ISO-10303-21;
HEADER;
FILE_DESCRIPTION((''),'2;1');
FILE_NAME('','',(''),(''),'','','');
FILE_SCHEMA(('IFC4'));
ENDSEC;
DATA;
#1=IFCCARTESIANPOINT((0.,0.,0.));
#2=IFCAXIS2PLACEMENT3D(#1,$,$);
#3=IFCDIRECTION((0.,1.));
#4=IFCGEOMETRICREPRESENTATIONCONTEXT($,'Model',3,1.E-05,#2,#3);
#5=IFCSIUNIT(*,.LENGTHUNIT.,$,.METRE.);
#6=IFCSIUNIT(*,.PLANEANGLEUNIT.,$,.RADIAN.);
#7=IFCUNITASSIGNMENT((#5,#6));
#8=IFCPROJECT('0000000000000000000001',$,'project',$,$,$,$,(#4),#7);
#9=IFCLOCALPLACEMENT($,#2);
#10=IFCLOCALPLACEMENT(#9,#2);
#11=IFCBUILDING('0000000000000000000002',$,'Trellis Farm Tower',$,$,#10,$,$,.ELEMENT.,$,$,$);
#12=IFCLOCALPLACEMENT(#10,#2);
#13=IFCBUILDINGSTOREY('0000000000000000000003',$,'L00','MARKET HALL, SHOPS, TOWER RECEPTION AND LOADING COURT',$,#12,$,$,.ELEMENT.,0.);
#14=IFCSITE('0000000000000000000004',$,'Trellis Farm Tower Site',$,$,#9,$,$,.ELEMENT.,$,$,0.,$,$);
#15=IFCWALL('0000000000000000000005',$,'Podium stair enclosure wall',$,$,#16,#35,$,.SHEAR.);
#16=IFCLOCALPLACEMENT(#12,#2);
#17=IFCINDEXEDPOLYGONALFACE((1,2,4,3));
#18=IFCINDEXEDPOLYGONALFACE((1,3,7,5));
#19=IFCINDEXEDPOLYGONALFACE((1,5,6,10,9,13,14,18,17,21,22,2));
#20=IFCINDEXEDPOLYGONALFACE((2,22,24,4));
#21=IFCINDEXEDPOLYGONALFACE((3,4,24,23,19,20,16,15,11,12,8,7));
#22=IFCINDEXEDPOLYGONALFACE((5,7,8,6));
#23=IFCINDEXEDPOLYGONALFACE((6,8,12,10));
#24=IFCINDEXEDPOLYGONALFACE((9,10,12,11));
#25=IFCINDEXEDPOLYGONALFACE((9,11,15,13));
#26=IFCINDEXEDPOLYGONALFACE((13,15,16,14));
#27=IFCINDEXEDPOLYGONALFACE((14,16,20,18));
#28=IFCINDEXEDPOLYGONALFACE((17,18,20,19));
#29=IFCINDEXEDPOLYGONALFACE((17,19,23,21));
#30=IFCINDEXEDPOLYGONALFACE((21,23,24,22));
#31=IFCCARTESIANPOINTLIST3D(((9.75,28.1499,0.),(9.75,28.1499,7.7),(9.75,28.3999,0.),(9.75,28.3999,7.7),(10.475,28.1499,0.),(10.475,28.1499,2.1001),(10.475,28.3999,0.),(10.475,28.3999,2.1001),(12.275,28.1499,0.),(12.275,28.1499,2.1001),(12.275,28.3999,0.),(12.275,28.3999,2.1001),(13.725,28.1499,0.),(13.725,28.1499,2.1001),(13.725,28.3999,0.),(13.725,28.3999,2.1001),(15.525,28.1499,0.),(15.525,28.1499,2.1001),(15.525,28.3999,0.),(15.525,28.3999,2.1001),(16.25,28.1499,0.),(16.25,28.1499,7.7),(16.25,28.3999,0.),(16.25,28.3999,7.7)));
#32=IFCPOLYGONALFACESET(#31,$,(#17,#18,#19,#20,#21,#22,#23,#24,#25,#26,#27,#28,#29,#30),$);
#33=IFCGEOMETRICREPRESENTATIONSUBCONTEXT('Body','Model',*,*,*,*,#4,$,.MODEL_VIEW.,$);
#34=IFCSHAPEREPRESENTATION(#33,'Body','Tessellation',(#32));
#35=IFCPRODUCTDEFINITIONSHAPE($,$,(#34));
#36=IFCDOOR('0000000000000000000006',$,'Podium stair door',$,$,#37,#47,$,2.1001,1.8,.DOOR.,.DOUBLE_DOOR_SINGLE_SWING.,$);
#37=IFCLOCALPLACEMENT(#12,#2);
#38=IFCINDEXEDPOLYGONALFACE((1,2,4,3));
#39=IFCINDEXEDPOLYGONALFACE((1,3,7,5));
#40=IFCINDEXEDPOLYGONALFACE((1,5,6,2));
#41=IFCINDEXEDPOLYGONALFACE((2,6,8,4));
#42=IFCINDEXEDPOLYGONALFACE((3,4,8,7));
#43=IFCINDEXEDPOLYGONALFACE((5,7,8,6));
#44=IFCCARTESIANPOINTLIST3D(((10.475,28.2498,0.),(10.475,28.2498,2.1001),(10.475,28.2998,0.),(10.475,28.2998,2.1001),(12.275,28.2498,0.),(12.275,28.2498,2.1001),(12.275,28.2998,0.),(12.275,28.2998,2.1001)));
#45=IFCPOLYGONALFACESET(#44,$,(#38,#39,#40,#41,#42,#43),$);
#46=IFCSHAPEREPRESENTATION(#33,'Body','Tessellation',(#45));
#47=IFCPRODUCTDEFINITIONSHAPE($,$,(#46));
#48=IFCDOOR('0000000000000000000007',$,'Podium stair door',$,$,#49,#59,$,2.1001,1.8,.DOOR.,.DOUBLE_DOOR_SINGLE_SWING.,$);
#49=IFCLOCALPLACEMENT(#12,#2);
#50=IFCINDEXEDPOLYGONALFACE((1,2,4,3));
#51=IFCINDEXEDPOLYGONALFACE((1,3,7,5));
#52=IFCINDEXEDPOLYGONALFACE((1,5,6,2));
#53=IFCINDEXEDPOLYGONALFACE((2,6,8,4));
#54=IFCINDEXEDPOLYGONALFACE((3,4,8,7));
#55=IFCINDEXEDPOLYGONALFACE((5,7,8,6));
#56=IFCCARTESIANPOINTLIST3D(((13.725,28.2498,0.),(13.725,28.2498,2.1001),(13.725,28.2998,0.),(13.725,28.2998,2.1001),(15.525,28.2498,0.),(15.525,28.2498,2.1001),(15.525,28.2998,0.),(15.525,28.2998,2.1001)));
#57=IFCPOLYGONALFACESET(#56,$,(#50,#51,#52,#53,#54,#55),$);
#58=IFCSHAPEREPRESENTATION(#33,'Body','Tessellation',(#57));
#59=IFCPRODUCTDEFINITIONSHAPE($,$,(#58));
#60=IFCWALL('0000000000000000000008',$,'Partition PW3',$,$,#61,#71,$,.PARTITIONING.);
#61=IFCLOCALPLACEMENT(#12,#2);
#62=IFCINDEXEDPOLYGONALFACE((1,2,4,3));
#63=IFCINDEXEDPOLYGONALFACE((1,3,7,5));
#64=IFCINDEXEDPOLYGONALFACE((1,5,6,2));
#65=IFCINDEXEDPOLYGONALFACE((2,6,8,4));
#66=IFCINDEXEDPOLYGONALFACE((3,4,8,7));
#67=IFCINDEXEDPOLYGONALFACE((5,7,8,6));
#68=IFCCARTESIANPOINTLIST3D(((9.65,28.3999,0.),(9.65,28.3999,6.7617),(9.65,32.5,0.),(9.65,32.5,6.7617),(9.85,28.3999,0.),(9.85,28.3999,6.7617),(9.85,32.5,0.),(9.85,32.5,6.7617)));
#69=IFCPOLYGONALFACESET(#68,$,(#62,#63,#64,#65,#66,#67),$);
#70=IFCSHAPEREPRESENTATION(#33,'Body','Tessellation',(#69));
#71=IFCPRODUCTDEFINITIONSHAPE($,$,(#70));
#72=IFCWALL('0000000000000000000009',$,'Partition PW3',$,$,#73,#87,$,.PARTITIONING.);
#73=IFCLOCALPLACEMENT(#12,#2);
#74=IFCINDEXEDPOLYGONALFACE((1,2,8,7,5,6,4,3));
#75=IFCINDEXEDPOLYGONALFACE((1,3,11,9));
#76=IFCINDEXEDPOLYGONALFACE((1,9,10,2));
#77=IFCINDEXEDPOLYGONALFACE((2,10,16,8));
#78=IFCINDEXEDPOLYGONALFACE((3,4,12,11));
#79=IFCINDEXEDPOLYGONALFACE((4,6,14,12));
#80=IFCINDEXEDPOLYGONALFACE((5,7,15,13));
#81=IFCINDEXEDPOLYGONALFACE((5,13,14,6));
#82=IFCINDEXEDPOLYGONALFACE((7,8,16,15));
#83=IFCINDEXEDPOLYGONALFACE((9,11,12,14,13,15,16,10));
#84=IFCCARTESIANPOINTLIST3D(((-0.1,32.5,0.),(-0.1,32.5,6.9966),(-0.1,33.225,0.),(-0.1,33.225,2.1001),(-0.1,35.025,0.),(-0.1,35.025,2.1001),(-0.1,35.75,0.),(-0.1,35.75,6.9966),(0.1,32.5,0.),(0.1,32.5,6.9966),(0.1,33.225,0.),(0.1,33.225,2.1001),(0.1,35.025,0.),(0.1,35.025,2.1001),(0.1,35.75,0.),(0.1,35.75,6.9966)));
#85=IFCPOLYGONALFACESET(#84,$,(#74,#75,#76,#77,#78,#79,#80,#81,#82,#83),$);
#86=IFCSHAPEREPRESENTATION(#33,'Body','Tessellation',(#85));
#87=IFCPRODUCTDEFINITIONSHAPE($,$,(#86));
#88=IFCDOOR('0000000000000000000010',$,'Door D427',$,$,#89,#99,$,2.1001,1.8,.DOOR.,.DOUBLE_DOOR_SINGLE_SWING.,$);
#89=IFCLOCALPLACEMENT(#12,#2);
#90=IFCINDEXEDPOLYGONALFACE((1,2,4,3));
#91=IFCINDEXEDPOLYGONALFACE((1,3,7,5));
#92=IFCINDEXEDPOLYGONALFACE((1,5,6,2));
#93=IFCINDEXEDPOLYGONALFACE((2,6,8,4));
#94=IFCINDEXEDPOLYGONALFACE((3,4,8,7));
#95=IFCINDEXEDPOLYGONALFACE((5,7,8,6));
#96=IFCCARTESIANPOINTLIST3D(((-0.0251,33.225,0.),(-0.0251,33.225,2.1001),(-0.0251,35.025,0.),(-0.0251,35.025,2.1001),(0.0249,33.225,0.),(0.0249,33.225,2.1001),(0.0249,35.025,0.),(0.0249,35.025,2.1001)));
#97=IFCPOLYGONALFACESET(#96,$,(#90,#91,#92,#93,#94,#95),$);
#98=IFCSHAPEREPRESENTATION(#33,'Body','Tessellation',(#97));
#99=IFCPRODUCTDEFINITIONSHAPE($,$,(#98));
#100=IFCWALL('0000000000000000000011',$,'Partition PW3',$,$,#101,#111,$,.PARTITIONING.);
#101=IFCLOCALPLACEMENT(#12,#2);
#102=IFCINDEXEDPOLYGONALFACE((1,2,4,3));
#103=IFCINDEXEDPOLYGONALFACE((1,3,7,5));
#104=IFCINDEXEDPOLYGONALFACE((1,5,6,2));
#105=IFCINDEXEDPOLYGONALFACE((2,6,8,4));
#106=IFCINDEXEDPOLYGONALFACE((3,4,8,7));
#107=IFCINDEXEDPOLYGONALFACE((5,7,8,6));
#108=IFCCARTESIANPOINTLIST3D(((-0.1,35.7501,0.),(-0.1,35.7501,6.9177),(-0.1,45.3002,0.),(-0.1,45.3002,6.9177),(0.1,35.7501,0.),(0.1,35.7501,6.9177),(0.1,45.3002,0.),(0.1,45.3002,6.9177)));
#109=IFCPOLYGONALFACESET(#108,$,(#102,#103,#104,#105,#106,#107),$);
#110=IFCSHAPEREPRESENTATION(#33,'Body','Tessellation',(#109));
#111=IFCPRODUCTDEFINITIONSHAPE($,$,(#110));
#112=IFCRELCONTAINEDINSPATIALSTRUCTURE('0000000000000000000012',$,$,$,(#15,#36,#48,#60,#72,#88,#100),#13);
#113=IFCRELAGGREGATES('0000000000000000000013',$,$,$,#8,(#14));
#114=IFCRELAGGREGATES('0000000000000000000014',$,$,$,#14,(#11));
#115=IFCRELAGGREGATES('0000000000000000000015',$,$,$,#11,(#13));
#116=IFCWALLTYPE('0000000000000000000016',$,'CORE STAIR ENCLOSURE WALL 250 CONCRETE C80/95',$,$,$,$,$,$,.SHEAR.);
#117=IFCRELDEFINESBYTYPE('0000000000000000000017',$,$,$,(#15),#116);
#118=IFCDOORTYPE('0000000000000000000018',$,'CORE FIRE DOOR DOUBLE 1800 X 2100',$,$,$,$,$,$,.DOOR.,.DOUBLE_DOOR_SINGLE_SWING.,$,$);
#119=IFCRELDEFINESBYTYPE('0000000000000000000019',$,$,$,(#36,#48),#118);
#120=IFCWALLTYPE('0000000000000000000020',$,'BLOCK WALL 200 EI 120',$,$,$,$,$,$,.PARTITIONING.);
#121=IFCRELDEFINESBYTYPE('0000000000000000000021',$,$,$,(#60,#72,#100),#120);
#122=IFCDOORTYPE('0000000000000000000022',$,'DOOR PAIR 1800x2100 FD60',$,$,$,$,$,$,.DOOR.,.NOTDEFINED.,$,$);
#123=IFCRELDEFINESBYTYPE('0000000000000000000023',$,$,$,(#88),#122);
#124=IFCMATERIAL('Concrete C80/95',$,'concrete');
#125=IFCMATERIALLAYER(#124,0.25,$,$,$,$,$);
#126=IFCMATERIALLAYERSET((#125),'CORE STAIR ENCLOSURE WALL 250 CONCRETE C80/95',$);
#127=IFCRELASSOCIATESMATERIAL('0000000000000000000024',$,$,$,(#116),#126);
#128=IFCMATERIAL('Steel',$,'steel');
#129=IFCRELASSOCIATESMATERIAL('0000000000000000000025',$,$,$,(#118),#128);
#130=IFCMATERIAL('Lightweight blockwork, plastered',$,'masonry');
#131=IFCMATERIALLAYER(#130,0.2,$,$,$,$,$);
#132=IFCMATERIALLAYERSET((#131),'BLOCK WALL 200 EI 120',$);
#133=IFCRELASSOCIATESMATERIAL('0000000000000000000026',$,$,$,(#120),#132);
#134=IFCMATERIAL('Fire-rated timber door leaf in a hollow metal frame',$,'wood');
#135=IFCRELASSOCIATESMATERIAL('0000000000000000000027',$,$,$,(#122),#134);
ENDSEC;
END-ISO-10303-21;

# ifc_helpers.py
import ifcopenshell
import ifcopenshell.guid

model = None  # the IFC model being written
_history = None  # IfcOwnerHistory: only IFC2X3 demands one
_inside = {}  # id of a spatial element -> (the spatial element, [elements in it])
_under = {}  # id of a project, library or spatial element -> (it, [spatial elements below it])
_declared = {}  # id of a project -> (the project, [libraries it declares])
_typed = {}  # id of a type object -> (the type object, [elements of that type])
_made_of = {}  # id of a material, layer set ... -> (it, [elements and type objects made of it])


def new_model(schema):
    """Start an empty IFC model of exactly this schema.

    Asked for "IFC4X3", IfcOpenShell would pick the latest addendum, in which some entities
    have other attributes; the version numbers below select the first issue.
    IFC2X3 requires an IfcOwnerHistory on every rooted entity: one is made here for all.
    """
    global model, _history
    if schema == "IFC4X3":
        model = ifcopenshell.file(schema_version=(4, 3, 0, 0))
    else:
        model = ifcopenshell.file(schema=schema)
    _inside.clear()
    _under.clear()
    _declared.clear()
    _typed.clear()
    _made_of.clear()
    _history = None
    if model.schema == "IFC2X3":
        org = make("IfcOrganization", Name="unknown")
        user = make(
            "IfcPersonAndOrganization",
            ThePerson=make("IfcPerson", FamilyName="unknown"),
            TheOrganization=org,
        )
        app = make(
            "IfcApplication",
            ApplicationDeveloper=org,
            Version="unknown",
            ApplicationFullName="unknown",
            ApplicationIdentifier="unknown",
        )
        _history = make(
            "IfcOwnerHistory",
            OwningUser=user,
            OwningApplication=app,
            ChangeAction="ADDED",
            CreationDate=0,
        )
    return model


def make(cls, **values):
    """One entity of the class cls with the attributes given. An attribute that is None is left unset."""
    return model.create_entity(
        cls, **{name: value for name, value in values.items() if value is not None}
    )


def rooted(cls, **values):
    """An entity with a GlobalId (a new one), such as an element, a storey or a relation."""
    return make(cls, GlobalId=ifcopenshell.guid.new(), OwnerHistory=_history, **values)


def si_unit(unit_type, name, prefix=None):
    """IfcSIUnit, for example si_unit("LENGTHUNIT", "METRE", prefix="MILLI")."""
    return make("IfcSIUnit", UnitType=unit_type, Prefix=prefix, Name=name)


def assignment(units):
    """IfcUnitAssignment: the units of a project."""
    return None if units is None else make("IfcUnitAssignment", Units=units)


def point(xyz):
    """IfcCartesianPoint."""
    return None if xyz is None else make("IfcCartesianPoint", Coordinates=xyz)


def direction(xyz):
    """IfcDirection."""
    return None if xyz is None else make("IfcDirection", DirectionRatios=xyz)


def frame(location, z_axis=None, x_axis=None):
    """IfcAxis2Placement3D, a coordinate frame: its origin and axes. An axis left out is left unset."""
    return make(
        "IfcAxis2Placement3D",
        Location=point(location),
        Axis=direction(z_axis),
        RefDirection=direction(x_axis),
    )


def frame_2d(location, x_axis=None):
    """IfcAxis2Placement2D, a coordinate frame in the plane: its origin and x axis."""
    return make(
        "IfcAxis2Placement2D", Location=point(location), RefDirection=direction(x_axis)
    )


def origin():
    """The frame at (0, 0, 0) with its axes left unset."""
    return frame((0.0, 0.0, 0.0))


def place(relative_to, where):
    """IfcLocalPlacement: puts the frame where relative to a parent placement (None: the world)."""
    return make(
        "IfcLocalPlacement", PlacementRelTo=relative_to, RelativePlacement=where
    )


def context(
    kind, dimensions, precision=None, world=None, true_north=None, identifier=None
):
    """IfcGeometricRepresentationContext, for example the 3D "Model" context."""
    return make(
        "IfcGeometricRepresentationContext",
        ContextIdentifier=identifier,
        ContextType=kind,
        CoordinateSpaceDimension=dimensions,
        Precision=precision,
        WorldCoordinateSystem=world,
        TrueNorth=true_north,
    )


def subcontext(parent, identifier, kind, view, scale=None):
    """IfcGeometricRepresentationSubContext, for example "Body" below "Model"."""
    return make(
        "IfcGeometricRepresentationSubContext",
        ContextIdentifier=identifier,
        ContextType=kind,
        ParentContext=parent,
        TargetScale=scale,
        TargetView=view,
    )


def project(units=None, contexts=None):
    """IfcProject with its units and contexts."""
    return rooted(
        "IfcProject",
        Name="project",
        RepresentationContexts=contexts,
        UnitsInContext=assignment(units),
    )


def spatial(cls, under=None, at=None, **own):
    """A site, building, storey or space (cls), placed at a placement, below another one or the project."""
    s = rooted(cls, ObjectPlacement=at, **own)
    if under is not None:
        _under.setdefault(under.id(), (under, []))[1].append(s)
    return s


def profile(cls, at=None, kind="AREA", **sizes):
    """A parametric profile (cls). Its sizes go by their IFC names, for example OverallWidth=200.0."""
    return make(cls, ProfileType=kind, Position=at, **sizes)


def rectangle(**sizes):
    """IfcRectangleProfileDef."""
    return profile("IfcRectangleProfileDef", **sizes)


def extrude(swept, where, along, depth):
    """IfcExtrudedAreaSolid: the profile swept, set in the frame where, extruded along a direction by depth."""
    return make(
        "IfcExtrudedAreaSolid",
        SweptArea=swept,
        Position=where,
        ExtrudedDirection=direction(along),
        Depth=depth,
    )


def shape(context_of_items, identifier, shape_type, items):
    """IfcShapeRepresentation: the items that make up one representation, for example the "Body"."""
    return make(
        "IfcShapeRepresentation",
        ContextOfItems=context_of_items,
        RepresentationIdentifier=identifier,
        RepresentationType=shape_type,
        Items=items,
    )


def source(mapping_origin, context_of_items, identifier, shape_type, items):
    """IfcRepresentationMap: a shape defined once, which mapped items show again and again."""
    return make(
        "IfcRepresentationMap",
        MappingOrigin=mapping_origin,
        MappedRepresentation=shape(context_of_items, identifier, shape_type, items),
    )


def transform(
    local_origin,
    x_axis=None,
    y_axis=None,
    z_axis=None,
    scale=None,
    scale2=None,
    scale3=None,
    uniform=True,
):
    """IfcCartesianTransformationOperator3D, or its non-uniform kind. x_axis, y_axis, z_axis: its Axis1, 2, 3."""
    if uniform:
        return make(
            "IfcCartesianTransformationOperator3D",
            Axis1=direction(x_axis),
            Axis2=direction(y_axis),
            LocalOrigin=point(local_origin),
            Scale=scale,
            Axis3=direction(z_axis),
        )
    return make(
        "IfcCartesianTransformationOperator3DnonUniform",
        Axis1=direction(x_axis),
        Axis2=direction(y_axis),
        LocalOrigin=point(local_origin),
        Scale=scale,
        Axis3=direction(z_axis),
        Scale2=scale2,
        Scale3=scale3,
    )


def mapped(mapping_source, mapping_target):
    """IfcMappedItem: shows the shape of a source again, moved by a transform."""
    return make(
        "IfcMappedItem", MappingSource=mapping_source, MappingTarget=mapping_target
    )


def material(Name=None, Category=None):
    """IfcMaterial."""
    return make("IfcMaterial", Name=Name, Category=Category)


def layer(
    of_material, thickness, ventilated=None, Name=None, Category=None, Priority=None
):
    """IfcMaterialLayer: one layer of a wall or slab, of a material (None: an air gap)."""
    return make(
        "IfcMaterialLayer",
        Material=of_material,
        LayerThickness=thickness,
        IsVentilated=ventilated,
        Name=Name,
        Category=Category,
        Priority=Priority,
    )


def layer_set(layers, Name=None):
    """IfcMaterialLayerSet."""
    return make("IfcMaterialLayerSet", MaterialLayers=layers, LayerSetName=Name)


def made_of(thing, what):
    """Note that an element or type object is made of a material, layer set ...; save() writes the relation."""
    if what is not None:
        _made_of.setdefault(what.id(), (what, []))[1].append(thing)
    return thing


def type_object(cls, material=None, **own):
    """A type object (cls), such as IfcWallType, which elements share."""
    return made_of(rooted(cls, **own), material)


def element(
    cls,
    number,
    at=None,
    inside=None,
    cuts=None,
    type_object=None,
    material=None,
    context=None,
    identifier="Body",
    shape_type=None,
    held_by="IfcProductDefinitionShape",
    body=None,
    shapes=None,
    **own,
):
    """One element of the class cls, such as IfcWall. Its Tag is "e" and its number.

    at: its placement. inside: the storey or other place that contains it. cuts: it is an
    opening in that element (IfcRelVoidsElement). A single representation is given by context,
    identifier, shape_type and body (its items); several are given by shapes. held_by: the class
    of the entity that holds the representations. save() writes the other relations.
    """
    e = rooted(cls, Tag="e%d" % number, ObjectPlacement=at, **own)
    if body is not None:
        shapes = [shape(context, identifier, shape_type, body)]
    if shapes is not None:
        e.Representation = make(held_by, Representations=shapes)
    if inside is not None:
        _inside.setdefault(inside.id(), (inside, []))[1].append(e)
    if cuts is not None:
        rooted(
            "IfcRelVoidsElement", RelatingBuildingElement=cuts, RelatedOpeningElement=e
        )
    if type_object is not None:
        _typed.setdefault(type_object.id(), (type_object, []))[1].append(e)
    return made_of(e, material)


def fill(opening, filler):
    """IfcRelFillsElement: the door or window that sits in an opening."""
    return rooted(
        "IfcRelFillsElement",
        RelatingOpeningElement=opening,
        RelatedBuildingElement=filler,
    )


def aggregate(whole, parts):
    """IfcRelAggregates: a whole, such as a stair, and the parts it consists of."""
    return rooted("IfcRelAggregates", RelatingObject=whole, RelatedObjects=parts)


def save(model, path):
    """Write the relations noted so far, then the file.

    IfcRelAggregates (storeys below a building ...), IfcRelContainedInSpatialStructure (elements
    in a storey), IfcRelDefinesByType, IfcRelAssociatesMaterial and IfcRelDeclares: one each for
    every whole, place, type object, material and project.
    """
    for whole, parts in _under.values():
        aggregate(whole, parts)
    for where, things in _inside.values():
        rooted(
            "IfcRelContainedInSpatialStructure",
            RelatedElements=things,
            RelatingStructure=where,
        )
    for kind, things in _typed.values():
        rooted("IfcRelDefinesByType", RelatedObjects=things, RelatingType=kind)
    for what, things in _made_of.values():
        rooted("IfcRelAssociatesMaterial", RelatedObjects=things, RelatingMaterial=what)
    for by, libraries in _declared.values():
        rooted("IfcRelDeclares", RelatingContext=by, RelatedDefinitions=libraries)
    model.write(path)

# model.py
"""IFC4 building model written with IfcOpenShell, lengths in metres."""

from ifc_helpers import new_model, si_unit, direction, frame, frame_2d, origin, place, context, subcontext, project, spatial, rectangle, extrude, source, transform, mapped, material, layer, layer_set, type_object, element, fill, save


model = new_model("IFC4")

# Units and contexts
model_context = context("Model", 3, precision=1e-05, world=origin(), true_north=direction((0.0, 1.0)))
body_context = subcontext(model_context, "Body", "Model", "MODEL_VIEW")
ifc_project = project(units=[si_unit("LENGTHUNIT", "METRE"), si_unit("PLANEANGLEUNIT", "RADIAN")], contexts=[model_context])

# Site, building, storey
site_placement = place(None, origin())
site = spatial("IfcSite", under=ifc_project, at=site_placement, Name="Trellis Farm Tower Site", CompositionType="ELEMENT", RefElevation=0.0)
building_placement = place(site_placement, origin())
building = spatial("IfcBuilding", under=site, at=building_placement, Name="Trellis Farm Tower", CompositionType="ELEMENT")
storey_placement = place(building_placement, origin())
storey = spatial("IfcBuildingStorey", under=building, at=storey_placement, Name="L00", Description="MARKET HALL, SHOPS, TOWER RECEPTION AND LOADING COURT", CompositionType="ELEMENT", Elevation=0.0)

# Shared definitions
ifc_material_1 = material(Name="Concrete C80/95", Category="concrete")

# Wall, openings, doors
ifc_layer_1 = layer(ifc_material_1, 0.25)
ifc_layer_set_1 = layer_set([ifc_layer_1], Name="CORE STAIR ENCLOSURE WALL 250 CONCRETE C80/95")
wall_type_1 = type_object("IfcWallType", Name="CORE STAIR ENCLOSURE WALL 250 CONCRETE C80/95", PredefinedType="SHEAR", material=ifc_layer_set_1)
shared_shape_1 = source(origin(), body_context, "Body", "SweptSolid", [
    extrude(rectangle(XDim=6.5, YDim=0.25, at=frame_2d((3.25, 0.0))), origin(), (0.0, 0.0, 1.0), 7.7),
])
wall_1_placement = place(storey_placement, frame((9.75, 28.2749, 0.0), z_axis=(0.0, 0.0, 1.0), x_axis=(1.0, 0.0, 0.0)))
wall_1 = element("IfcWall", 1, at=wall_1_placement, inside=storey, type_object=wall_type_1, Name="Podium stair enclosure wall", PredefinedType="SHEAR", context=body_context, shape_type="MappedRepresentation", body=[
    mapped(shared_shape_1, transform((0.0, 0.0, 0.0))),
])
shared_shape_2 = source(origin(), body_context, "Body", "SweptSolid", [
    extrude(rectangle(XDim=1.8, YDim=2.1001, at=frame_2d((0.8999, 1.05))), frame((0.0, 0.135, 0.0), z_axis=(0.0, -1.0, 0.0), x_axis=(1.0, 0.0, 0.0)), (0.0, 0.0, 1.0), 0.27),
])
opening_1_placement = place(wall_1_placement, frame((0.7251, 0.0, 0.0)))
opening_1 = element("IfcOpeningElement", 2, at=opening_1_placement, cuts=wall_1, PredefinedType="OPENING", context=body_context, shape_type="MappedRepresentation", body=[
    mapped(shared_shape_2, transform((0.0, 0.0, 0.0))),
])
opening_2_placement = place(wall_1_placement, frame((3.9751, 0.0, 0.0)))
opening_2 = element("IfcOpeningElement", 3, at=opening_2_placement, cuts=wall_1, PredefinedType="OPENING", context=body_context, shape_type="MappedRepresentation", body=[
    mapped(shared_shape_2, transform((0.0, 0.0, 0.0))),
])
ifc_material_2 = material(Name="Steel", Category="steel")
door_type_1 = type_object("IfcDoorType", Name="CORE FIRE DOOR DOUBLE 1800 X 2100", OperationType="DOUBLE_DOOR_SINGLE_SWING", PredefinedType="DOOR", material=ifc_material_2)
shared_shape_3 = source(origin(), body_context, "Body", "SweptSolid", [
    extrude(rectangle(XDim=1.8, YDim=2.1001, at=frame_2d((0.8999, 1.05))), frame((0.0, 0.0249, 0.0), z_axis=(0.0, -1.0, 0.0), x_axis=(1.0, 0.0, 0.0)), (0.0, 0.0, 1.0), 0.05),
])
door_1_placement = place(opening_1_placement, origin())
door_1 = element("IfcDoor", 4, at=door_1_placement, inside=storey, type_object=door_type_1, Name="Podium stair door", OperationType="DOUBLE_DOOR_SINGLE_SWING", OverallHeight=2.1001, OverallWidth=1.8, PredefinedType="DOOR", context=body_context, shape_type="MappedRepresentation", body=[
    mapped(shared_shape_3, transform((0.0, 0.0, 0.0))),
])
fill(opening_1, door_1)
door_2_placement = place(opening_2_placement, origin())
door_2 = element("IfcDoor", 5, at=door_2_placement, inside=storey, type_object=door_type_1, Name="Podium stair door", OperationType="DOUBLE_DOOR_SINGLE_SWING", OverallHeight=2.1001, OverallWidth=1.8, PredefinedType="DOOR", context=body_context, shape_type="MappedRepresentation", body=[
    mapped(shared_shape_3, transform((0.0, 0.0, 0.0))),
])
fill(opening_2, door_2)

# Wall
ifc_material_3 = material(Name="Lightweight blockwork, plastered", Category="masonry")
ifc_layer_2 = layer(ifc_material_3, 0.2)
ifc_layer_set_2 = layer_set([ifc_layer_2], Name="BLOCK WALL 200 EI 120")
wall_type_2 = type_object("IfcWallType", Name="BLOCK WALL 200 EI 120", PredefinedType="PARTITIONING", material=ifc_layer_set_2)
shared_shape_4 = source(origin(), body_context, "Body", "SweptSolid", [
    extrude(rectangle(XDim=4.1001, YDim=0.2, at=frame_2d((2.05, 0.0))), origin(), (0.0, 0.0, 1.0), 6.7617),
])
wall_2_placement = place(storey_placement, frame((9.75, 28.3999, 0.0), z_axis=(0.0, 0.0, 1.0), x_axis=(0.0, 1.0, 0.0)))
element("IfcWall", 6, at=wall_2_placement, inside=storey, type_object=wall_type_2, Name="Partition PW3", PredefinedType="PARTITIONING", context=body_context, shape_type="MappedRepresentation", body=[
    mapped(shared_shape_4, transform((0.0, 0.0, 0.0))),
])

# Wall, opening, door
shared_shape_5 = source(origin(), body_context, "Body", "SweptSolid", [
    extrude(rectangle(XDim=3.25, YDim=0.2, at=frame_2d((1.625, 0.0))), origin(), (0.0, 0.0, 1.0), 6.9966),
])
wall_3_placement = place(storey_placement, frame((0.0, 35.75, 0.0), z_axis=(0.0, 0.0, 1.0), x_axis=(0.0, -1.0, 0.0)))
wall_3 = element("IfcWall", 7, at=wall_3_placement, inside=storey, type_object=wall_type_2, Name="Partition PW3", PredefinedType="PARTITIONING", context=body_context, shape_type="MappedRepresentation", body=[
    mapped(shared_shape_5, transform((0.0, 0.0, 0.0))),
])
shared_shape_6 = source(origin(), body_context, "Body", "SweptSolid", [
    extrude(rectangle(XDim=1.8, YDim=2.1001, at=frame_2d((0.8999, 1.05))), frame((0.0, 0.1101, 0.0), z_axis=(0.0, -1.0, 0.0), x_axis=(1.0, 0.0, 0.0)), (0.0, 0.0, 1.0), 0.2202),
])
opening_3_placement = place(wall_3_placement, frame((0.7251, 0.0, 0.0)))
opening_3 = element("IfcOpeningElement", 8, at=opening_3_placement, cuts=wall_3, PredefinedType="OPENING", context=body_context, shape_type="MappedRepresentation", body=[
    mapped(shared_shape_6, transform((0.0, 0.0, 0.0))),
])
ifc_material_4 = material(Name="Fire-rated timber door leaf in a hollow metal frame", Category="wood")
door_type_2 = type_object("IfcDoorType", Name="DOOR PAIR 1800x2100 FD60", OperationType="NOTDEFINED", PredefinedType="DOOR", material=ifc_material_4)
door_3_placement = place(opening_3_placement, origin())
door_3 = element("IfcDoor", 9, at=door_3_placement, inside=storey, type_object=door_type_2, Name="Door D427", OperationType="DOUBLE_DOOR_SINGLE_SWING", OverallHeight=2.1001, OverallWidth=1.8, PredefinedType="DOOR", context=body_context, shape_type="MappedRepresentation", body=[
    mapped(shared_shape_3, transform((0.0, 0.0, 0.0))),
])
fill(opening_3, door_3)

# Wall
shared_shape_7 = source(origin(), body_context, "Body", "SweptSolid", [
    extrude(rectangle(XDim=9.55, YDim=0.2, at=frame_2d((4.7749, 0.0))), origin(), (0.0, 0.0, 1.0), 6.9177),
])
wall_4_placement = place(storey_placement, frame((0.0, 45.3, 0.0), z_axis=(0.0, 0.0, 1.0), x_axis=(0.0, -1.0, 0.0)))
element("IfcWall", 10, at=wall_4_placement, inside=storey, type_object=wall_type_2, Name="Partition PW3", PredefinedType="PARTITIONING", context=body_context, shape_type="MappedRepresentation", body=[
    mapped(shared_shape_7, transform((0.0, 0.0, 0.0))),
])

save(model, "model.ifc")
